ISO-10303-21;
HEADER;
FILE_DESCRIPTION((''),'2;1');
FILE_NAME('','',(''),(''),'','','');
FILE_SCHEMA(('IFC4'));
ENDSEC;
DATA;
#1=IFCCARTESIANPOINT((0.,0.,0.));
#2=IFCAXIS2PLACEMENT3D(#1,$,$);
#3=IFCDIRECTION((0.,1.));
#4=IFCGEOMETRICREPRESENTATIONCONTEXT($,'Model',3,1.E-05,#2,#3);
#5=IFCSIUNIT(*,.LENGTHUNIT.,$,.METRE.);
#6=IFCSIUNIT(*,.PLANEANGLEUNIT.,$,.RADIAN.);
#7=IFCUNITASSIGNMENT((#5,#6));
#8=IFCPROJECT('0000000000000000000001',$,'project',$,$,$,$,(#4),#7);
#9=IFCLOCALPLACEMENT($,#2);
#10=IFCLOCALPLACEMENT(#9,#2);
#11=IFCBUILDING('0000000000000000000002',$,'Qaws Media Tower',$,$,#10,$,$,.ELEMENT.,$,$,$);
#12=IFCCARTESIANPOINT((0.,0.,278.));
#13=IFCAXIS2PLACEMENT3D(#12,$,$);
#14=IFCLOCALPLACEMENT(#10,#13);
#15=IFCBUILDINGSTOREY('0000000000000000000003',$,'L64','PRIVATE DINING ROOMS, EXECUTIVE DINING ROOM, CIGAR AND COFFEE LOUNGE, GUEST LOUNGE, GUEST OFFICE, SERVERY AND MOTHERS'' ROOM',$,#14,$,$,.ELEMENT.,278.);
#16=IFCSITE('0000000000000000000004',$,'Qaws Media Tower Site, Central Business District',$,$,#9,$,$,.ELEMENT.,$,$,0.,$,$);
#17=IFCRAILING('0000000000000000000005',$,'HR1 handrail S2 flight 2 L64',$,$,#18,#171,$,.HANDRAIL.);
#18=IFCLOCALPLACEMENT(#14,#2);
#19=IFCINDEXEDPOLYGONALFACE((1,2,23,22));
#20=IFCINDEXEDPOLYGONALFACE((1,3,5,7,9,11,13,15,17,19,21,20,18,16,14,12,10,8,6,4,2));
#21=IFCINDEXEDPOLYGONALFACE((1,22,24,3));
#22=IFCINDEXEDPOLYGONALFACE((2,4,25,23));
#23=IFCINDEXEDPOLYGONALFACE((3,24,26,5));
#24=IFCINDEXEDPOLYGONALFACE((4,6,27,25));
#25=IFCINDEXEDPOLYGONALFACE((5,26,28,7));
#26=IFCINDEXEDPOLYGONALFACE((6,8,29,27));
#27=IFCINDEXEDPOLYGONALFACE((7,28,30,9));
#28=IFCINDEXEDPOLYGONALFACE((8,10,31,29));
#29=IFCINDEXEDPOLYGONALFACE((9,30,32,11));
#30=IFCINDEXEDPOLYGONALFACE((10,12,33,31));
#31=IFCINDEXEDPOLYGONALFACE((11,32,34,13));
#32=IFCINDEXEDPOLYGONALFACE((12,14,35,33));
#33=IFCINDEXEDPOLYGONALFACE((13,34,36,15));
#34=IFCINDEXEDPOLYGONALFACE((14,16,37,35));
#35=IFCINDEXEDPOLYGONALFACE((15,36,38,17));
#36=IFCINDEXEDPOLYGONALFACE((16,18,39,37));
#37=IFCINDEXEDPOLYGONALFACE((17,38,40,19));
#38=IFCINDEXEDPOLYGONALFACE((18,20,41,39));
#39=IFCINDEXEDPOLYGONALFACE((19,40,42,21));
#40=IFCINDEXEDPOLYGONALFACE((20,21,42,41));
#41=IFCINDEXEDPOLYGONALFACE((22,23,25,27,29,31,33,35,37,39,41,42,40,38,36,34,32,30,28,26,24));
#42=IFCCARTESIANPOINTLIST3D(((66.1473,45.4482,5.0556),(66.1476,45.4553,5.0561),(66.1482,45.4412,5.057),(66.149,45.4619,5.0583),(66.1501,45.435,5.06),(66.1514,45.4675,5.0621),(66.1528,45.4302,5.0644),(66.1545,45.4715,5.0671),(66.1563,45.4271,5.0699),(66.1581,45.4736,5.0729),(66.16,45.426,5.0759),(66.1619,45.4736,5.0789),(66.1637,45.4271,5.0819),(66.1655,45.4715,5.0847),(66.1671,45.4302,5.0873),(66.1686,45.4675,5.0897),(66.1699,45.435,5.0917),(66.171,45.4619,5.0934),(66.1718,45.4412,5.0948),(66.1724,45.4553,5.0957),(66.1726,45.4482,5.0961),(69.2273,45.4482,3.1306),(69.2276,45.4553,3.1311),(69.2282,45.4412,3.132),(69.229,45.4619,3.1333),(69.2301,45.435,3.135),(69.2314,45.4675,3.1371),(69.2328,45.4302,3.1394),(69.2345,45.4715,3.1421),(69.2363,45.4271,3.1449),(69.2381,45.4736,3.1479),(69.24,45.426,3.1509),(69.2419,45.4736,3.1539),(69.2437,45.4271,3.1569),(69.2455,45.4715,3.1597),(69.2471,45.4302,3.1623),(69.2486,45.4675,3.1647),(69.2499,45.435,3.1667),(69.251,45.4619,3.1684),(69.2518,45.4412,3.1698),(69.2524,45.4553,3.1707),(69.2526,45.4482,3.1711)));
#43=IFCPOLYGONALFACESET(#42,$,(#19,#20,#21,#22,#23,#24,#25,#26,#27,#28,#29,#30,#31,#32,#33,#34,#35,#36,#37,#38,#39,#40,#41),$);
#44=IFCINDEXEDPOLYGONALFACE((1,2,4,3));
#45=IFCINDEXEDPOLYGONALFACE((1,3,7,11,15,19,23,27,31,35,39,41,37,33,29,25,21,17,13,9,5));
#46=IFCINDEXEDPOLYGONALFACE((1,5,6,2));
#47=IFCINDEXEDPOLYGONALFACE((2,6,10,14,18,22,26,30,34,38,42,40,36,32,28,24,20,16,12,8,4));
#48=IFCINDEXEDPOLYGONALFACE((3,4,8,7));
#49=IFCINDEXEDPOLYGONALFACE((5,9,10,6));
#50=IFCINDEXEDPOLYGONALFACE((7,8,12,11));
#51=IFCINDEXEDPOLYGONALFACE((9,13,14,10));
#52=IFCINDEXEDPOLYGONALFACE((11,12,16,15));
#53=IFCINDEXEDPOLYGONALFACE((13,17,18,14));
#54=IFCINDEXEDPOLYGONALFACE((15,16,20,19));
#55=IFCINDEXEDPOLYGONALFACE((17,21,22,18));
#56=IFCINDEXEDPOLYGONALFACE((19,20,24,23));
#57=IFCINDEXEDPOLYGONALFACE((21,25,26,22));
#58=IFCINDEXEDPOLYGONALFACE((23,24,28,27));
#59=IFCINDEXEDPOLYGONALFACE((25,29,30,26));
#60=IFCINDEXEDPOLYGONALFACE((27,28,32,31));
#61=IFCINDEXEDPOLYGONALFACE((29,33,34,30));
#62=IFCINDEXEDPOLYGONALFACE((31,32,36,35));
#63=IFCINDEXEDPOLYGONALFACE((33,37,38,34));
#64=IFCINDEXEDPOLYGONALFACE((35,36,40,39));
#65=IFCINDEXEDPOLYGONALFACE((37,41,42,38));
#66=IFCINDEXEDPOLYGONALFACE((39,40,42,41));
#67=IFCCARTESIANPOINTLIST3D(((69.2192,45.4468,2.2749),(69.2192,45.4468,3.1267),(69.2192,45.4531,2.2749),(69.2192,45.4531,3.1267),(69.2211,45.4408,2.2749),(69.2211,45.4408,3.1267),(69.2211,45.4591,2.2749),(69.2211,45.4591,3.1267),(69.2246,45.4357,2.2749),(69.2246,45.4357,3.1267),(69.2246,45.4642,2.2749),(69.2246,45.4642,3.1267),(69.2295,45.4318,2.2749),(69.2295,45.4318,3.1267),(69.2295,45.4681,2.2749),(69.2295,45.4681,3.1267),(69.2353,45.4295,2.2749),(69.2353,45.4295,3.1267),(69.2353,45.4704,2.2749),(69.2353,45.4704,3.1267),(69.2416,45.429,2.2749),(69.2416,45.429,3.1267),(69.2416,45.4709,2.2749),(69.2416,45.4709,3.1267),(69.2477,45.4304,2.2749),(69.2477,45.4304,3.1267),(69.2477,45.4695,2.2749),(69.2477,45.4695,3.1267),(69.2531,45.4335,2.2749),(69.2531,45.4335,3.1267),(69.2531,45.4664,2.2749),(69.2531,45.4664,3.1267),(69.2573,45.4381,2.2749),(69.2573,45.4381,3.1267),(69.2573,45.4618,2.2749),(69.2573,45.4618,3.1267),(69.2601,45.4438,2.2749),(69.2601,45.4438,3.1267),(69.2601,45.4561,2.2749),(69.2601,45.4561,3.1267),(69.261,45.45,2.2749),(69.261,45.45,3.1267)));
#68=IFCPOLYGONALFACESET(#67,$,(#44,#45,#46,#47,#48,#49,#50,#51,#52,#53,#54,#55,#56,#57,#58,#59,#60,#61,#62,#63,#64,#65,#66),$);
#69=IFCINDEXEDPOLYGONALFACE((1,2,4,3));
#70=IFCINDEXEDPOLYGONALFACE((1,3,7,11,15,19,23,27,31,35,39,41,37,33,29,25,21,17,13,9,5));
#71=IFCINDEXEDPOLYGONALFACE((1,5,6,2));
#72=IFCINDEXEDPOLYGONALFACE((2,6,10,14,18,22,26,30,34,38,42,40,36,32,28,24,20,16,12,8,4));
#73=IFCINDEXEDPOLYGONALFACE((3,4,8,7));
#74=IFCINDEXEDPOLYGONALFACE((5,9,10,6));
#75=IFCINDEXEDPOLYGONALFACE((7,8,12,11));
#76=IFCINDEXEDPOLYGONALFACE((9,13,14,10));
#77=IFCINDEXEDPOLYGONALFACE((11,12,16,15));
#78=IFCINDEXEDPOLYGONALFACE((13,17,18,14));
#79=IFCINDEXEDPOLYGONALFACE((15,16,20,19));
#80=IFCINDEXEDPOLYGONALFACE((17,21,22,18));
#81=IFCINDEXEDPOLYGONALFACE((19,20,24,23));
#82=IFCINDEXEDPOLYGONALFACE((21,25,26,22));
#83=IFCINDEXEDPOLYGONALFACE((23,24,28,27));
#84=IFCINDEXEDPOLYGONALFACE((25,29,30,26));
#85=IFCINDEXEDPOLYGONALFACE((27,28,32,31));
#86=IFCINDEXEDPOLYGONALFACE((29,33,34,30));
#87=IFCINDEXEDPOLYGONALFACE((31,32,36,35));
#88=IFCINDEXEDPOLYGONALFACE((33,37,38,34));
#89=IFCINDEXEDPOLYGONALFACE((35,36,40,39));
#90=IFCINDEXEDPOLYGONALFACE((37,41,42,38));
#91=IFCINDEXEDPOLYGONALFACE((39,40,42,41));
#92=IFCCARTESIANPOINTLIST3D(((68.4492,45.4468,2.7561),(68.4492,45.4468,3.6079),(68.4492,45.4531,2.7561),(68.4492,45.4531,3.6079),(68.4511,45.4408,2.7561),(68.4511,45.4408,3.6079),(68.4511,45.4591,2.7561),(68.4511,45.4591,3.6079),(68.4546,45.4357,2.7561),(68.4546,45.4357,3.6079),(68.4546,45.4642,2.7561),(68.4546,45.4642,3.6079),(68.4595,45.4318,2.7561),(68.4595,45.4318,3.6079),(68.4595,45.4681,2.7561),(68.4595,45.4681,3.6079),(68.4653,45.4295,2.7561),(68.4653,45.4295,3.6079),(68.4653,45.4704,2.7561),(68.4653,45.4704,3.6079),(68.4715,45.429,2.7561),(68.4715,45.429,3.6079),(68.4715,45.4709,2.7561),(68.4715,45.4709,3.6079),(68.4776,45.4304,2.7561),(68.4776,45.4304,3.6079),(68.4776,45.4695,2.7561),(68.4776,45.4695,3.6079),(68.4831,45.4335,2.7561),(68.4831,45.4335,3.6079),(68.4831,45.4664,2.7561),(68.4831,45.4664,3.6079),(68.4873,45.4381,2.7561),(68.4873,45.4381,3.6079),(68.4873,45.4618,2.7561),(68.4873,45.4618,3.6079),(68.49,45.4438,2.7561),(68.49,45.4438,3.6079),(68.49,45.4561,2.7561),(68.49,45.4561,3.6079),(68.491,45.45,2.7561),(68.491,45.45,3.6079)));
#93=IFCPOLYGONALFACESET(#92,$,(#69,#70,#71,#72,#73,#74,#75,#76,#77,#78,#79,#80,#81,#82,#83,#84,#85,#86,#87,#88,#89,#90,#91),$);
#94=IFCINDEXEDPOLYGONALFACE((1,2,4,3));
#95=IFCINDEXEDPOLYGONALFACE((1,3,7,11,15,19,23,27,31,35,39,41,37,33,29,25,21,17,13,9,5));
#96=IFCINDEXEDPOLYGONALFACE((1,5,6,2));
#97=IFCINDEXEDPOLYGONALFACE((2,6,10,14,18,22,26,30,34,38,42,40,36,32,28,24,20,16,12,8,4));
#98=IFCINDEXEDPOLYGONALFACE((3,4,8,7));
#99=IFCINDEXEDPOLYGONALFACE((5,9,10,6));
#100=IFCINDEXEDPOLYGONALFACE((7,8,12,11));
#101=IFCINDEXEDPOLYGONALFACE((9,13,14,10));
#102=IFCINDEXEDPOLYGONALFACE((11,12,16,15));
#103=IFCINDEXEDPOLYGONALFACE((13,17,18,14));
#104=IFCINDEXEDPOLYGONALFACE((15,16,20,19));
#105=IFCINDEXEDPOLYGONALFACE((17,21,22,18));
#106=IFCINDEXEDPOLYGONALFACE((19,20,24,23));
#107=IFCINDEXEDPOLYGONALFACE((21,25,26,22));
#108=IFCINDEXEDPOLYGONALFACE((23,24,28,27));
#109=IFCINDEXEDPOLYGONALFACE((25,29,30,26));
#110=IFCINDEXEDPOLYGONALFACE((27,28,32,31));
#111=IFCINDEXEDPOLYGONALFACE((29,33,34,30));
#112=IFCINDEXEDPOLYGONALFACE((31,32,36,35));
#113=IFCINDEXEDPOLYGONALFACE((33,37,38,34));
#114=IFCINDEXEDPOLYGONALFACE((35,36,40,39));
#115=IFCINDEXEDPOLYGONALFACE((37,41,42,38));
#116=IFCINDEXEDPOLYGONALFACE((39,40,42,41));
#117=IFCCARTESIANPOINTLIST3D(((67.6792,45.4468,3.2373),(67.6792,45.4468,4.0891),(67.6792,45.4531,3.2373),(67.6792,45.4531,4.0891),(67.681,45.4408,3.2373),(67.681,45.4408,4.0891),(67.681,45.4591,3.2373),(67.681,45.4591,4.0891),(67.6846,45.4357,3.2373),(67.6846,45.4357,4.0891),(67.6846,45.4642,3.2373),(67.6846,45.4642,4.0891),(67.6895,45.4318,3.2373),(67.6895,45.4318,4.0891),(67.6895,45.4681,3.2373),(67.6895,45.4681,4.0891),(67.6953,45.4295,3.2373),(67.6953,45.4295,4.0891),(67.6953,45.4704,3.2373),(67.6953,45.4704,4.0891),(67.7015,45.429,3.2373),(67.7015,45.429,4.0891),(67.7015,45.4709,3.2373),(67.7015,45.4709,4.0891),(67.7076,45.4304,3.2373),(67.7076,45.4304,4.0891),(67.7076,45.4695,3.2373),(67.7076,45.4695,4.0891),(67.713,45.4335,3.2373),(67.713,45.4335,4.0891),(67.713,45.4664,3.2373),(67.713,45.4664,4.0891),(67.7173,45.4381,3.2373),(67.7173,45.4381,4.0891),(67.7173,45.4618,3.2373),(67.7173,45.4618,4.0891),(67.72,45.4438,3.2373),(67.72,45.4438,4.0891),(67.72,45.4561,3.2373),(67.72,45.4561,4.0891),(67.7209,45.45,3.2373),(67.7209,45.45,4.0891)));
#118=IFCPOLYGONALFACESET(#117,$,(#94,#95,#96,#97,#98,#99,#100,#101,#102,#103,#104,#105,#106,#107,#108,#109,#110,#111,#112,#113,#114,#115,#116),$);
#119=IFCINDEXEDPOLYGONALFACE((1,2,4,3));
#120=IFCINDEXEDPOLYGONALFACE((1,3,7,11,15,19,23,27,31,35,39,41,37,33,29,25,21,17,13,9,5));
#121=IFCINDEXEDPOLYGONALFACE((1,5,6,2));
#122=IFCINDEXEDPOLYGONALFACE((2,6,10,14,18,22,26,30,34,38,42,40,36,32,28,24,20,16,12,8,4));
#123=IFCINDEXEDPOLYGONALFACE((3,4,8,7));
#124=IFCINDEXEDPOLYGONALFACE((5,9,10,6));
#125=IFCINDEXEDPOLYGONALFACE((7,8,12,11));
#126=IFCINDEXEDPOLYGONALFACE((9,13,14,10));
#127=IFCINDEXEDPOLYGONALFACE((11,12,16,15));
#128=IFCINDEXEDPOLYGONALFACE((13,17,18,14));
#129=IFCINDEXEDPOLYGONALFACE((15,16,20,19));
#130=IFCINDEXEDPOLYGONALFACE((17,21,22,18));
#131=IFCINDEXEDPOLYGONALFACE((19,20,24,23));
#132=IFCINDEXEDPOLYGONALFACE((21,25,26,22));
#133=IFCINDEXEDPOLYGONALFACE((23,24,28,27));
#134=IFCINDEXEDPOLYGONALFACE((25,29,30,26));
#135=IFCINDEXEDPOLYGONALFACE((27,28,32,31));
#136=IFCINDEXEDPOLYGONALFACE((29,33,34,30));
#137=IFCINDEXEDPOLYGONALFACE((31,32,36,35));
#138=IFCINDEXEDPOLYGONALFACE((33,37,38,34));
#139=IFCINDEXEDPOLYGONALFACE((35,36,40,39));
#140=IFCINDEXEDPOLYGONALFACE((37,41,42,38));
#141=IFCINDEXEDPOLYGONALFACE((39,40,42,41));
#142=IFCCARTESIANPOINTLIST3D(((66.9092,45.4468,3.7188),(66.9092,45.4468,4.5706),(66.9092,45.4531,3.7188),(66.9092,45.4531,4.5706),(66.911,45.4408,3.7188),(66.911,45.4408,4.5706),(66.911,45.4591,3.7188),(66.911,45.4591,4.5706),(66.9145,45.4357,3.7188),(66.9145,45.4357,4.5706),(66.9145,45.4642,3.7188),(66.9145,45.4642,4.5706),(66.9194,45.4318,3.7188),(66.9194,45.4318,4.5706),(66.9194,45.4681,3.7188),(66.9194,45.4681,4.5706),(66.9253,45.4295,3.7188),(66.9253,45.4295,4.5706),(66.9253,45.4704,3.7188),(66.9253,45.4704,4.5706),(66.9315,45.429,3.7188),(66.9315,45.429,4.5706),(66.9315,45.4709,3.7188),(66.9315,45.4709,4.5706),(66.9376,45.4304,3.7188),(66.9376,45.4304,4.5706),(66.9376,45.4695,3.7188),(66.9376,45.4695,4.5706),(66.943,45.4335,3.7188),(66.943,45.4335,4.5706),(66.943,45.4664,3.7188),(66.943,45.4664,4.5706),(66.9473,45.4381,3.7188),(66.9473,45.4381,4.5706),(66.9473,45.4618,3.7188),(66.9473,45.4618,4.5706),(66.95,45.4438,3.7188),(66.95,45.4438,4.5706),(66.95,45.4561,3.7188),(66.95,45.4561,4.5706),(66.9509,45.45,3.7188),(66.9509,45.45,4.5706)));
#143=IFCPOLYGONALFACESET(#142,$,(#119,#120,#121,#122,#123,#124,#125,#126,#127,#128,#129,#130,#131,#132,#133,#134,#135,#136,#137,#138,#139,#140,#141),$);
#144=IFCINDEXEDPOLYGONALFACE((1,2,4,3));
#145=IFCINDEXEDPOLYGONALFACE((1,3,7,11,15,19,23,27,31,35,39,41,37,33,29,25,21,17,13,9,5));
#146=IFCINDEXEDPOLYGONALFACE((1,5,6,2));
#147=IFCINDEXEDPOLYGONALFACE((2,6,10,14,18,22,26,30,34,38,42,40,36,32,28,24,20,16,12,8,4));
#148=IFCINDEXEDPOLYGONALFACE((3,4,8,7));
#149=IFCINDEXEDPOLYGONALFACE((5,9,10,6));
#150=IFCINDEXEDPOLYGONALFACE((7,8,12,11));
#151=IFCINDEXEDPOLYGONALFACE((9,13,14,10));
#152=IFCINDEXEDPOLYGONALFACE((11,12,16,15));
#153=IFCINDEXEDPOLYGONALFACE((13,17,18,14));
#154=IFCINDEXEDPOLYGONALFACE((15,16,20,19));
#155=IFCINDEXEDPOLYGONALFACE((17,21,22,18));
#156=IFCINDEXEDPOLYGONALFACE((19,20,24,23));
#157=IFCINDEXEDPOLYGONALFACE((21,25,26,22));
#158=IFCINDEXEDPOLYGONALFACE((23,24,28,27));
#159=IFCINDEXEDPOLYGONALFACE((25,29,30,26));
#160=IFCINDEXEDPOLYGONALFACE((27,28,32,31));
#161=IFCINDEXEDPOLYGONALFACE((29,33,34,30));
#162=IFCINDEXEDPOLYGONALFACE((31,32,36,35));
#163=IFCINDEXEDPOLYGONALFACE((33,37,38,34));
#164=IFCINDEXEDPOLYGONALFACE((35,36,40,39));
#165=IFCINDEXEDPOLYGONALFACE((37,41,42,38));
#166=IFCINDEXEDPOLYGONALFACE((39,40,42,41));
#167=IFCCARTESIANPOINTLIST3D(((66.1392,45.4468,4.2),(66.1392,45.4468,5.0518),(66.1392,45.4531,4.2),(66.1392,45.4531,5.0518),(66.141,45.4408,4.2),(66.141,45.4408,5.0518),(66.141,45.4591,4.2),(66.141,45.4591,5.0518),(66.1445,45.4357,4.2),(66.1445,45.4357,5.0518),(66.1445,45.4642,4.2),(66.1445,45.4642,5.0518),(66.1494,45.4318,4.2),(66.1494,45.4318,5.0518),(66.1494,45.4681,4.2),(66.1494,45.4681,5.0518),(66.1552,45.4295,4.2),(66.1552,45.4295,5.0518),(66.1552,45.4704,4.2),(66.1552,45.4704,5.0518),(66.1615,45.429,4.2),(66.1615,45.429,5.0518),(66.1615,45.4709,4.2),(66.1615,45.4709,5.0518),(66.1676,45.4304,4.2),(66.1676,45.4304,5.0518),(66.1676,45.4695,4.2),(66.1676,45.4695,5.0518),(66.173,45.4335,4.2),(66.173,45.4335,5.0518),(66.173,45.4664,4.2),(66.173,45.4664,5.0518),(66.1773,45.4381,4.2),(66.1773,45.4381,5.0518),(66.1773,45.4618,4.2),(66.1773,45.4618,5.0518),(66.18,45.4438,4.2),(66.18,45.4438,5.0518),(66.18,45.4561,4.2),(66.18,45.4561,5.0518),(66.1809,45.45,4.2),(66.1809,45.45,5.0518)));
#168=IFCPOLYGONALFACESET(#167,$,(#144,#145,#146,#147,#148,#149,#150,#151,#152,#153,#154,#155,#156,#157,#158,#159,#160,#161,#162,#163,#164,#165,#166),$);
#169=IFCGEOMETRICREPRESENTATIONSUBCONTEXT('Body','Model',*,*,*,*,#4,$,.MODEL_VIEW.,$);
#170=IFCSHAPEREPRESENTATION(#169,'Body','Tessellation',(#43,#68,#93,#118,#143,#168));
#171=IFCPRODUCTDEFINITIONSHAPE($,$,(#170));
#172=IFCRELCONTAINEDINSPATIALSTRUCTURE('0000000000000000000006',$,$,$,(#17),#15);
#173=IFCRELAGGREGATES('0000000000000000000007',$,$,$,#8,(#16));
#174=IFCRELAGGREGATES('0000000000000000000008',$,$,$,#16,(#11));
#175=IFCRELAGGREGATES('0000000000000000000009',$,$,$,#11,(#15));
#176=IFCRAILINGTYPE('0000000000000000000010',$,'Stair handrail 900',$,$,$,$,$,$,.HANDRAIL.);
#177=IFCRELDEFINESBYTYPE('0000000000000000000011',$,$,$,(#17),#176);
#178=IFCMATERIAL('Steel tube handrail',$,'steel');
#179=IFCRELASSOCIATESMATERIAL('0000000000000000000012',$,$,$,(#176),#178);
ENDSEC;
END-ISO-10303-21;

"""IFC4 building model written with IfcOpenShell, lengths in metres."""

from ifc_helpers import new_model, si_unit, direction, frame, origin, origin_2d, place, context, subcontext, project, spatial, circle, extrude, material, type_object, element, save


model = new_model("IFC4")

# Units and contexts
model_context = context("Model", 3, precision=1e-05, world=origin(), true_north=direction((0.0, 1.0)))
body_context = subcontext(model_context, "Body", "Model", "MODEL_VIEW")
ifc_project = project(units=[si_unit("LENGTHUNIT", "METRE"), si_unit("PLANEANGLEUNIT", "RADIAN")], contexts=[model_context])

# Site, building, storey
site_placement = place(None, origin())
site = spatial("IfcSite", under=ifc_project, at=site_placement, Name="Qaws Media Tower Site, Central Business District", CompositionType="ELEMENT", RefElevation=0.0)
building_placement = place(site_placement, origin())
building = spatial("IfcBuilding", under=site, at=building_placement, Name="Qaws Media Tower", CompositionType="ELEMENT")
storey_placement = place(building_placement, frame((0.0, 0.0, 278.0)))
storey = spatial("IfcBuildingStorey", under=building, at=storey_placement, Name="L64", Description="PRIVATE DINING ROOMS, EXECUTIVE DINING ROOM, CIGAR AND COFFEE LOUNGE, GUEST LOUNGE, GUEST OFFICE, SERVERY AND MOTHERS' ROOM", CompositionType="ELEMENT", Elevation=278.0)

# Railing
ifc_material_1 = material(Name="Steel tube handrail", Category="steel")
railing_type = type_object("IfcRailingType", Name="Stair handrail 900", PredefinedType="HANDRAIL", material=ifc_material_1)
for number, where, name in (
    (1, (69.24, 45.45, 2.2749), "HR1 handrail S2 flight 2 L64"),
):
    element("IfcRailing", number, at=place(storey_placement, frame(where)), inside=storey, type_object=railing_type, Name=name, PredefinedType="HANDRAIL", context=body_context, shape_type="SweptSolid", body=[
        extrude(circle(Radius=0.0239, at=origin_2d()), frame((0.0, 0.0, 0.876), z_axis=(-0.847998, 0.0, 0.529999), x_axis=(0.0, -1.0, 0.0)), (0.0, 0.0, 1.0), 3.6321),
        extrude(circle(Radius=0.021, at=origin_2d()), origin(), (0.0, 0.0, 1.0), 0.8518),
        extrude(circle(Radius=0.021, at=origin_2d()), frame((-0.77, 0.0, 0.4812)), (0.0, 0.0, 1.0), 0.8518),
        extrude(circle(Radius=0.021, at=origin_2d()), frame((-1.54, 0.0, 0.9624)), (0.0, 0.0, 1.0), 0.8518),
        extrude(circle(Radius=0.021, at=origin_2d()), frame((-2.3101, 0.0, 1.4438)), (0.0, 0.0, 1.0), 0.8518),
        extrude(circle(Radius=0.021, at=origin_2d()), frame((-3.0801, 0.0, 1.925)), (0.0, 0.0, 1.0), 0.8518),
    ])

save(model, "model.ifc")
